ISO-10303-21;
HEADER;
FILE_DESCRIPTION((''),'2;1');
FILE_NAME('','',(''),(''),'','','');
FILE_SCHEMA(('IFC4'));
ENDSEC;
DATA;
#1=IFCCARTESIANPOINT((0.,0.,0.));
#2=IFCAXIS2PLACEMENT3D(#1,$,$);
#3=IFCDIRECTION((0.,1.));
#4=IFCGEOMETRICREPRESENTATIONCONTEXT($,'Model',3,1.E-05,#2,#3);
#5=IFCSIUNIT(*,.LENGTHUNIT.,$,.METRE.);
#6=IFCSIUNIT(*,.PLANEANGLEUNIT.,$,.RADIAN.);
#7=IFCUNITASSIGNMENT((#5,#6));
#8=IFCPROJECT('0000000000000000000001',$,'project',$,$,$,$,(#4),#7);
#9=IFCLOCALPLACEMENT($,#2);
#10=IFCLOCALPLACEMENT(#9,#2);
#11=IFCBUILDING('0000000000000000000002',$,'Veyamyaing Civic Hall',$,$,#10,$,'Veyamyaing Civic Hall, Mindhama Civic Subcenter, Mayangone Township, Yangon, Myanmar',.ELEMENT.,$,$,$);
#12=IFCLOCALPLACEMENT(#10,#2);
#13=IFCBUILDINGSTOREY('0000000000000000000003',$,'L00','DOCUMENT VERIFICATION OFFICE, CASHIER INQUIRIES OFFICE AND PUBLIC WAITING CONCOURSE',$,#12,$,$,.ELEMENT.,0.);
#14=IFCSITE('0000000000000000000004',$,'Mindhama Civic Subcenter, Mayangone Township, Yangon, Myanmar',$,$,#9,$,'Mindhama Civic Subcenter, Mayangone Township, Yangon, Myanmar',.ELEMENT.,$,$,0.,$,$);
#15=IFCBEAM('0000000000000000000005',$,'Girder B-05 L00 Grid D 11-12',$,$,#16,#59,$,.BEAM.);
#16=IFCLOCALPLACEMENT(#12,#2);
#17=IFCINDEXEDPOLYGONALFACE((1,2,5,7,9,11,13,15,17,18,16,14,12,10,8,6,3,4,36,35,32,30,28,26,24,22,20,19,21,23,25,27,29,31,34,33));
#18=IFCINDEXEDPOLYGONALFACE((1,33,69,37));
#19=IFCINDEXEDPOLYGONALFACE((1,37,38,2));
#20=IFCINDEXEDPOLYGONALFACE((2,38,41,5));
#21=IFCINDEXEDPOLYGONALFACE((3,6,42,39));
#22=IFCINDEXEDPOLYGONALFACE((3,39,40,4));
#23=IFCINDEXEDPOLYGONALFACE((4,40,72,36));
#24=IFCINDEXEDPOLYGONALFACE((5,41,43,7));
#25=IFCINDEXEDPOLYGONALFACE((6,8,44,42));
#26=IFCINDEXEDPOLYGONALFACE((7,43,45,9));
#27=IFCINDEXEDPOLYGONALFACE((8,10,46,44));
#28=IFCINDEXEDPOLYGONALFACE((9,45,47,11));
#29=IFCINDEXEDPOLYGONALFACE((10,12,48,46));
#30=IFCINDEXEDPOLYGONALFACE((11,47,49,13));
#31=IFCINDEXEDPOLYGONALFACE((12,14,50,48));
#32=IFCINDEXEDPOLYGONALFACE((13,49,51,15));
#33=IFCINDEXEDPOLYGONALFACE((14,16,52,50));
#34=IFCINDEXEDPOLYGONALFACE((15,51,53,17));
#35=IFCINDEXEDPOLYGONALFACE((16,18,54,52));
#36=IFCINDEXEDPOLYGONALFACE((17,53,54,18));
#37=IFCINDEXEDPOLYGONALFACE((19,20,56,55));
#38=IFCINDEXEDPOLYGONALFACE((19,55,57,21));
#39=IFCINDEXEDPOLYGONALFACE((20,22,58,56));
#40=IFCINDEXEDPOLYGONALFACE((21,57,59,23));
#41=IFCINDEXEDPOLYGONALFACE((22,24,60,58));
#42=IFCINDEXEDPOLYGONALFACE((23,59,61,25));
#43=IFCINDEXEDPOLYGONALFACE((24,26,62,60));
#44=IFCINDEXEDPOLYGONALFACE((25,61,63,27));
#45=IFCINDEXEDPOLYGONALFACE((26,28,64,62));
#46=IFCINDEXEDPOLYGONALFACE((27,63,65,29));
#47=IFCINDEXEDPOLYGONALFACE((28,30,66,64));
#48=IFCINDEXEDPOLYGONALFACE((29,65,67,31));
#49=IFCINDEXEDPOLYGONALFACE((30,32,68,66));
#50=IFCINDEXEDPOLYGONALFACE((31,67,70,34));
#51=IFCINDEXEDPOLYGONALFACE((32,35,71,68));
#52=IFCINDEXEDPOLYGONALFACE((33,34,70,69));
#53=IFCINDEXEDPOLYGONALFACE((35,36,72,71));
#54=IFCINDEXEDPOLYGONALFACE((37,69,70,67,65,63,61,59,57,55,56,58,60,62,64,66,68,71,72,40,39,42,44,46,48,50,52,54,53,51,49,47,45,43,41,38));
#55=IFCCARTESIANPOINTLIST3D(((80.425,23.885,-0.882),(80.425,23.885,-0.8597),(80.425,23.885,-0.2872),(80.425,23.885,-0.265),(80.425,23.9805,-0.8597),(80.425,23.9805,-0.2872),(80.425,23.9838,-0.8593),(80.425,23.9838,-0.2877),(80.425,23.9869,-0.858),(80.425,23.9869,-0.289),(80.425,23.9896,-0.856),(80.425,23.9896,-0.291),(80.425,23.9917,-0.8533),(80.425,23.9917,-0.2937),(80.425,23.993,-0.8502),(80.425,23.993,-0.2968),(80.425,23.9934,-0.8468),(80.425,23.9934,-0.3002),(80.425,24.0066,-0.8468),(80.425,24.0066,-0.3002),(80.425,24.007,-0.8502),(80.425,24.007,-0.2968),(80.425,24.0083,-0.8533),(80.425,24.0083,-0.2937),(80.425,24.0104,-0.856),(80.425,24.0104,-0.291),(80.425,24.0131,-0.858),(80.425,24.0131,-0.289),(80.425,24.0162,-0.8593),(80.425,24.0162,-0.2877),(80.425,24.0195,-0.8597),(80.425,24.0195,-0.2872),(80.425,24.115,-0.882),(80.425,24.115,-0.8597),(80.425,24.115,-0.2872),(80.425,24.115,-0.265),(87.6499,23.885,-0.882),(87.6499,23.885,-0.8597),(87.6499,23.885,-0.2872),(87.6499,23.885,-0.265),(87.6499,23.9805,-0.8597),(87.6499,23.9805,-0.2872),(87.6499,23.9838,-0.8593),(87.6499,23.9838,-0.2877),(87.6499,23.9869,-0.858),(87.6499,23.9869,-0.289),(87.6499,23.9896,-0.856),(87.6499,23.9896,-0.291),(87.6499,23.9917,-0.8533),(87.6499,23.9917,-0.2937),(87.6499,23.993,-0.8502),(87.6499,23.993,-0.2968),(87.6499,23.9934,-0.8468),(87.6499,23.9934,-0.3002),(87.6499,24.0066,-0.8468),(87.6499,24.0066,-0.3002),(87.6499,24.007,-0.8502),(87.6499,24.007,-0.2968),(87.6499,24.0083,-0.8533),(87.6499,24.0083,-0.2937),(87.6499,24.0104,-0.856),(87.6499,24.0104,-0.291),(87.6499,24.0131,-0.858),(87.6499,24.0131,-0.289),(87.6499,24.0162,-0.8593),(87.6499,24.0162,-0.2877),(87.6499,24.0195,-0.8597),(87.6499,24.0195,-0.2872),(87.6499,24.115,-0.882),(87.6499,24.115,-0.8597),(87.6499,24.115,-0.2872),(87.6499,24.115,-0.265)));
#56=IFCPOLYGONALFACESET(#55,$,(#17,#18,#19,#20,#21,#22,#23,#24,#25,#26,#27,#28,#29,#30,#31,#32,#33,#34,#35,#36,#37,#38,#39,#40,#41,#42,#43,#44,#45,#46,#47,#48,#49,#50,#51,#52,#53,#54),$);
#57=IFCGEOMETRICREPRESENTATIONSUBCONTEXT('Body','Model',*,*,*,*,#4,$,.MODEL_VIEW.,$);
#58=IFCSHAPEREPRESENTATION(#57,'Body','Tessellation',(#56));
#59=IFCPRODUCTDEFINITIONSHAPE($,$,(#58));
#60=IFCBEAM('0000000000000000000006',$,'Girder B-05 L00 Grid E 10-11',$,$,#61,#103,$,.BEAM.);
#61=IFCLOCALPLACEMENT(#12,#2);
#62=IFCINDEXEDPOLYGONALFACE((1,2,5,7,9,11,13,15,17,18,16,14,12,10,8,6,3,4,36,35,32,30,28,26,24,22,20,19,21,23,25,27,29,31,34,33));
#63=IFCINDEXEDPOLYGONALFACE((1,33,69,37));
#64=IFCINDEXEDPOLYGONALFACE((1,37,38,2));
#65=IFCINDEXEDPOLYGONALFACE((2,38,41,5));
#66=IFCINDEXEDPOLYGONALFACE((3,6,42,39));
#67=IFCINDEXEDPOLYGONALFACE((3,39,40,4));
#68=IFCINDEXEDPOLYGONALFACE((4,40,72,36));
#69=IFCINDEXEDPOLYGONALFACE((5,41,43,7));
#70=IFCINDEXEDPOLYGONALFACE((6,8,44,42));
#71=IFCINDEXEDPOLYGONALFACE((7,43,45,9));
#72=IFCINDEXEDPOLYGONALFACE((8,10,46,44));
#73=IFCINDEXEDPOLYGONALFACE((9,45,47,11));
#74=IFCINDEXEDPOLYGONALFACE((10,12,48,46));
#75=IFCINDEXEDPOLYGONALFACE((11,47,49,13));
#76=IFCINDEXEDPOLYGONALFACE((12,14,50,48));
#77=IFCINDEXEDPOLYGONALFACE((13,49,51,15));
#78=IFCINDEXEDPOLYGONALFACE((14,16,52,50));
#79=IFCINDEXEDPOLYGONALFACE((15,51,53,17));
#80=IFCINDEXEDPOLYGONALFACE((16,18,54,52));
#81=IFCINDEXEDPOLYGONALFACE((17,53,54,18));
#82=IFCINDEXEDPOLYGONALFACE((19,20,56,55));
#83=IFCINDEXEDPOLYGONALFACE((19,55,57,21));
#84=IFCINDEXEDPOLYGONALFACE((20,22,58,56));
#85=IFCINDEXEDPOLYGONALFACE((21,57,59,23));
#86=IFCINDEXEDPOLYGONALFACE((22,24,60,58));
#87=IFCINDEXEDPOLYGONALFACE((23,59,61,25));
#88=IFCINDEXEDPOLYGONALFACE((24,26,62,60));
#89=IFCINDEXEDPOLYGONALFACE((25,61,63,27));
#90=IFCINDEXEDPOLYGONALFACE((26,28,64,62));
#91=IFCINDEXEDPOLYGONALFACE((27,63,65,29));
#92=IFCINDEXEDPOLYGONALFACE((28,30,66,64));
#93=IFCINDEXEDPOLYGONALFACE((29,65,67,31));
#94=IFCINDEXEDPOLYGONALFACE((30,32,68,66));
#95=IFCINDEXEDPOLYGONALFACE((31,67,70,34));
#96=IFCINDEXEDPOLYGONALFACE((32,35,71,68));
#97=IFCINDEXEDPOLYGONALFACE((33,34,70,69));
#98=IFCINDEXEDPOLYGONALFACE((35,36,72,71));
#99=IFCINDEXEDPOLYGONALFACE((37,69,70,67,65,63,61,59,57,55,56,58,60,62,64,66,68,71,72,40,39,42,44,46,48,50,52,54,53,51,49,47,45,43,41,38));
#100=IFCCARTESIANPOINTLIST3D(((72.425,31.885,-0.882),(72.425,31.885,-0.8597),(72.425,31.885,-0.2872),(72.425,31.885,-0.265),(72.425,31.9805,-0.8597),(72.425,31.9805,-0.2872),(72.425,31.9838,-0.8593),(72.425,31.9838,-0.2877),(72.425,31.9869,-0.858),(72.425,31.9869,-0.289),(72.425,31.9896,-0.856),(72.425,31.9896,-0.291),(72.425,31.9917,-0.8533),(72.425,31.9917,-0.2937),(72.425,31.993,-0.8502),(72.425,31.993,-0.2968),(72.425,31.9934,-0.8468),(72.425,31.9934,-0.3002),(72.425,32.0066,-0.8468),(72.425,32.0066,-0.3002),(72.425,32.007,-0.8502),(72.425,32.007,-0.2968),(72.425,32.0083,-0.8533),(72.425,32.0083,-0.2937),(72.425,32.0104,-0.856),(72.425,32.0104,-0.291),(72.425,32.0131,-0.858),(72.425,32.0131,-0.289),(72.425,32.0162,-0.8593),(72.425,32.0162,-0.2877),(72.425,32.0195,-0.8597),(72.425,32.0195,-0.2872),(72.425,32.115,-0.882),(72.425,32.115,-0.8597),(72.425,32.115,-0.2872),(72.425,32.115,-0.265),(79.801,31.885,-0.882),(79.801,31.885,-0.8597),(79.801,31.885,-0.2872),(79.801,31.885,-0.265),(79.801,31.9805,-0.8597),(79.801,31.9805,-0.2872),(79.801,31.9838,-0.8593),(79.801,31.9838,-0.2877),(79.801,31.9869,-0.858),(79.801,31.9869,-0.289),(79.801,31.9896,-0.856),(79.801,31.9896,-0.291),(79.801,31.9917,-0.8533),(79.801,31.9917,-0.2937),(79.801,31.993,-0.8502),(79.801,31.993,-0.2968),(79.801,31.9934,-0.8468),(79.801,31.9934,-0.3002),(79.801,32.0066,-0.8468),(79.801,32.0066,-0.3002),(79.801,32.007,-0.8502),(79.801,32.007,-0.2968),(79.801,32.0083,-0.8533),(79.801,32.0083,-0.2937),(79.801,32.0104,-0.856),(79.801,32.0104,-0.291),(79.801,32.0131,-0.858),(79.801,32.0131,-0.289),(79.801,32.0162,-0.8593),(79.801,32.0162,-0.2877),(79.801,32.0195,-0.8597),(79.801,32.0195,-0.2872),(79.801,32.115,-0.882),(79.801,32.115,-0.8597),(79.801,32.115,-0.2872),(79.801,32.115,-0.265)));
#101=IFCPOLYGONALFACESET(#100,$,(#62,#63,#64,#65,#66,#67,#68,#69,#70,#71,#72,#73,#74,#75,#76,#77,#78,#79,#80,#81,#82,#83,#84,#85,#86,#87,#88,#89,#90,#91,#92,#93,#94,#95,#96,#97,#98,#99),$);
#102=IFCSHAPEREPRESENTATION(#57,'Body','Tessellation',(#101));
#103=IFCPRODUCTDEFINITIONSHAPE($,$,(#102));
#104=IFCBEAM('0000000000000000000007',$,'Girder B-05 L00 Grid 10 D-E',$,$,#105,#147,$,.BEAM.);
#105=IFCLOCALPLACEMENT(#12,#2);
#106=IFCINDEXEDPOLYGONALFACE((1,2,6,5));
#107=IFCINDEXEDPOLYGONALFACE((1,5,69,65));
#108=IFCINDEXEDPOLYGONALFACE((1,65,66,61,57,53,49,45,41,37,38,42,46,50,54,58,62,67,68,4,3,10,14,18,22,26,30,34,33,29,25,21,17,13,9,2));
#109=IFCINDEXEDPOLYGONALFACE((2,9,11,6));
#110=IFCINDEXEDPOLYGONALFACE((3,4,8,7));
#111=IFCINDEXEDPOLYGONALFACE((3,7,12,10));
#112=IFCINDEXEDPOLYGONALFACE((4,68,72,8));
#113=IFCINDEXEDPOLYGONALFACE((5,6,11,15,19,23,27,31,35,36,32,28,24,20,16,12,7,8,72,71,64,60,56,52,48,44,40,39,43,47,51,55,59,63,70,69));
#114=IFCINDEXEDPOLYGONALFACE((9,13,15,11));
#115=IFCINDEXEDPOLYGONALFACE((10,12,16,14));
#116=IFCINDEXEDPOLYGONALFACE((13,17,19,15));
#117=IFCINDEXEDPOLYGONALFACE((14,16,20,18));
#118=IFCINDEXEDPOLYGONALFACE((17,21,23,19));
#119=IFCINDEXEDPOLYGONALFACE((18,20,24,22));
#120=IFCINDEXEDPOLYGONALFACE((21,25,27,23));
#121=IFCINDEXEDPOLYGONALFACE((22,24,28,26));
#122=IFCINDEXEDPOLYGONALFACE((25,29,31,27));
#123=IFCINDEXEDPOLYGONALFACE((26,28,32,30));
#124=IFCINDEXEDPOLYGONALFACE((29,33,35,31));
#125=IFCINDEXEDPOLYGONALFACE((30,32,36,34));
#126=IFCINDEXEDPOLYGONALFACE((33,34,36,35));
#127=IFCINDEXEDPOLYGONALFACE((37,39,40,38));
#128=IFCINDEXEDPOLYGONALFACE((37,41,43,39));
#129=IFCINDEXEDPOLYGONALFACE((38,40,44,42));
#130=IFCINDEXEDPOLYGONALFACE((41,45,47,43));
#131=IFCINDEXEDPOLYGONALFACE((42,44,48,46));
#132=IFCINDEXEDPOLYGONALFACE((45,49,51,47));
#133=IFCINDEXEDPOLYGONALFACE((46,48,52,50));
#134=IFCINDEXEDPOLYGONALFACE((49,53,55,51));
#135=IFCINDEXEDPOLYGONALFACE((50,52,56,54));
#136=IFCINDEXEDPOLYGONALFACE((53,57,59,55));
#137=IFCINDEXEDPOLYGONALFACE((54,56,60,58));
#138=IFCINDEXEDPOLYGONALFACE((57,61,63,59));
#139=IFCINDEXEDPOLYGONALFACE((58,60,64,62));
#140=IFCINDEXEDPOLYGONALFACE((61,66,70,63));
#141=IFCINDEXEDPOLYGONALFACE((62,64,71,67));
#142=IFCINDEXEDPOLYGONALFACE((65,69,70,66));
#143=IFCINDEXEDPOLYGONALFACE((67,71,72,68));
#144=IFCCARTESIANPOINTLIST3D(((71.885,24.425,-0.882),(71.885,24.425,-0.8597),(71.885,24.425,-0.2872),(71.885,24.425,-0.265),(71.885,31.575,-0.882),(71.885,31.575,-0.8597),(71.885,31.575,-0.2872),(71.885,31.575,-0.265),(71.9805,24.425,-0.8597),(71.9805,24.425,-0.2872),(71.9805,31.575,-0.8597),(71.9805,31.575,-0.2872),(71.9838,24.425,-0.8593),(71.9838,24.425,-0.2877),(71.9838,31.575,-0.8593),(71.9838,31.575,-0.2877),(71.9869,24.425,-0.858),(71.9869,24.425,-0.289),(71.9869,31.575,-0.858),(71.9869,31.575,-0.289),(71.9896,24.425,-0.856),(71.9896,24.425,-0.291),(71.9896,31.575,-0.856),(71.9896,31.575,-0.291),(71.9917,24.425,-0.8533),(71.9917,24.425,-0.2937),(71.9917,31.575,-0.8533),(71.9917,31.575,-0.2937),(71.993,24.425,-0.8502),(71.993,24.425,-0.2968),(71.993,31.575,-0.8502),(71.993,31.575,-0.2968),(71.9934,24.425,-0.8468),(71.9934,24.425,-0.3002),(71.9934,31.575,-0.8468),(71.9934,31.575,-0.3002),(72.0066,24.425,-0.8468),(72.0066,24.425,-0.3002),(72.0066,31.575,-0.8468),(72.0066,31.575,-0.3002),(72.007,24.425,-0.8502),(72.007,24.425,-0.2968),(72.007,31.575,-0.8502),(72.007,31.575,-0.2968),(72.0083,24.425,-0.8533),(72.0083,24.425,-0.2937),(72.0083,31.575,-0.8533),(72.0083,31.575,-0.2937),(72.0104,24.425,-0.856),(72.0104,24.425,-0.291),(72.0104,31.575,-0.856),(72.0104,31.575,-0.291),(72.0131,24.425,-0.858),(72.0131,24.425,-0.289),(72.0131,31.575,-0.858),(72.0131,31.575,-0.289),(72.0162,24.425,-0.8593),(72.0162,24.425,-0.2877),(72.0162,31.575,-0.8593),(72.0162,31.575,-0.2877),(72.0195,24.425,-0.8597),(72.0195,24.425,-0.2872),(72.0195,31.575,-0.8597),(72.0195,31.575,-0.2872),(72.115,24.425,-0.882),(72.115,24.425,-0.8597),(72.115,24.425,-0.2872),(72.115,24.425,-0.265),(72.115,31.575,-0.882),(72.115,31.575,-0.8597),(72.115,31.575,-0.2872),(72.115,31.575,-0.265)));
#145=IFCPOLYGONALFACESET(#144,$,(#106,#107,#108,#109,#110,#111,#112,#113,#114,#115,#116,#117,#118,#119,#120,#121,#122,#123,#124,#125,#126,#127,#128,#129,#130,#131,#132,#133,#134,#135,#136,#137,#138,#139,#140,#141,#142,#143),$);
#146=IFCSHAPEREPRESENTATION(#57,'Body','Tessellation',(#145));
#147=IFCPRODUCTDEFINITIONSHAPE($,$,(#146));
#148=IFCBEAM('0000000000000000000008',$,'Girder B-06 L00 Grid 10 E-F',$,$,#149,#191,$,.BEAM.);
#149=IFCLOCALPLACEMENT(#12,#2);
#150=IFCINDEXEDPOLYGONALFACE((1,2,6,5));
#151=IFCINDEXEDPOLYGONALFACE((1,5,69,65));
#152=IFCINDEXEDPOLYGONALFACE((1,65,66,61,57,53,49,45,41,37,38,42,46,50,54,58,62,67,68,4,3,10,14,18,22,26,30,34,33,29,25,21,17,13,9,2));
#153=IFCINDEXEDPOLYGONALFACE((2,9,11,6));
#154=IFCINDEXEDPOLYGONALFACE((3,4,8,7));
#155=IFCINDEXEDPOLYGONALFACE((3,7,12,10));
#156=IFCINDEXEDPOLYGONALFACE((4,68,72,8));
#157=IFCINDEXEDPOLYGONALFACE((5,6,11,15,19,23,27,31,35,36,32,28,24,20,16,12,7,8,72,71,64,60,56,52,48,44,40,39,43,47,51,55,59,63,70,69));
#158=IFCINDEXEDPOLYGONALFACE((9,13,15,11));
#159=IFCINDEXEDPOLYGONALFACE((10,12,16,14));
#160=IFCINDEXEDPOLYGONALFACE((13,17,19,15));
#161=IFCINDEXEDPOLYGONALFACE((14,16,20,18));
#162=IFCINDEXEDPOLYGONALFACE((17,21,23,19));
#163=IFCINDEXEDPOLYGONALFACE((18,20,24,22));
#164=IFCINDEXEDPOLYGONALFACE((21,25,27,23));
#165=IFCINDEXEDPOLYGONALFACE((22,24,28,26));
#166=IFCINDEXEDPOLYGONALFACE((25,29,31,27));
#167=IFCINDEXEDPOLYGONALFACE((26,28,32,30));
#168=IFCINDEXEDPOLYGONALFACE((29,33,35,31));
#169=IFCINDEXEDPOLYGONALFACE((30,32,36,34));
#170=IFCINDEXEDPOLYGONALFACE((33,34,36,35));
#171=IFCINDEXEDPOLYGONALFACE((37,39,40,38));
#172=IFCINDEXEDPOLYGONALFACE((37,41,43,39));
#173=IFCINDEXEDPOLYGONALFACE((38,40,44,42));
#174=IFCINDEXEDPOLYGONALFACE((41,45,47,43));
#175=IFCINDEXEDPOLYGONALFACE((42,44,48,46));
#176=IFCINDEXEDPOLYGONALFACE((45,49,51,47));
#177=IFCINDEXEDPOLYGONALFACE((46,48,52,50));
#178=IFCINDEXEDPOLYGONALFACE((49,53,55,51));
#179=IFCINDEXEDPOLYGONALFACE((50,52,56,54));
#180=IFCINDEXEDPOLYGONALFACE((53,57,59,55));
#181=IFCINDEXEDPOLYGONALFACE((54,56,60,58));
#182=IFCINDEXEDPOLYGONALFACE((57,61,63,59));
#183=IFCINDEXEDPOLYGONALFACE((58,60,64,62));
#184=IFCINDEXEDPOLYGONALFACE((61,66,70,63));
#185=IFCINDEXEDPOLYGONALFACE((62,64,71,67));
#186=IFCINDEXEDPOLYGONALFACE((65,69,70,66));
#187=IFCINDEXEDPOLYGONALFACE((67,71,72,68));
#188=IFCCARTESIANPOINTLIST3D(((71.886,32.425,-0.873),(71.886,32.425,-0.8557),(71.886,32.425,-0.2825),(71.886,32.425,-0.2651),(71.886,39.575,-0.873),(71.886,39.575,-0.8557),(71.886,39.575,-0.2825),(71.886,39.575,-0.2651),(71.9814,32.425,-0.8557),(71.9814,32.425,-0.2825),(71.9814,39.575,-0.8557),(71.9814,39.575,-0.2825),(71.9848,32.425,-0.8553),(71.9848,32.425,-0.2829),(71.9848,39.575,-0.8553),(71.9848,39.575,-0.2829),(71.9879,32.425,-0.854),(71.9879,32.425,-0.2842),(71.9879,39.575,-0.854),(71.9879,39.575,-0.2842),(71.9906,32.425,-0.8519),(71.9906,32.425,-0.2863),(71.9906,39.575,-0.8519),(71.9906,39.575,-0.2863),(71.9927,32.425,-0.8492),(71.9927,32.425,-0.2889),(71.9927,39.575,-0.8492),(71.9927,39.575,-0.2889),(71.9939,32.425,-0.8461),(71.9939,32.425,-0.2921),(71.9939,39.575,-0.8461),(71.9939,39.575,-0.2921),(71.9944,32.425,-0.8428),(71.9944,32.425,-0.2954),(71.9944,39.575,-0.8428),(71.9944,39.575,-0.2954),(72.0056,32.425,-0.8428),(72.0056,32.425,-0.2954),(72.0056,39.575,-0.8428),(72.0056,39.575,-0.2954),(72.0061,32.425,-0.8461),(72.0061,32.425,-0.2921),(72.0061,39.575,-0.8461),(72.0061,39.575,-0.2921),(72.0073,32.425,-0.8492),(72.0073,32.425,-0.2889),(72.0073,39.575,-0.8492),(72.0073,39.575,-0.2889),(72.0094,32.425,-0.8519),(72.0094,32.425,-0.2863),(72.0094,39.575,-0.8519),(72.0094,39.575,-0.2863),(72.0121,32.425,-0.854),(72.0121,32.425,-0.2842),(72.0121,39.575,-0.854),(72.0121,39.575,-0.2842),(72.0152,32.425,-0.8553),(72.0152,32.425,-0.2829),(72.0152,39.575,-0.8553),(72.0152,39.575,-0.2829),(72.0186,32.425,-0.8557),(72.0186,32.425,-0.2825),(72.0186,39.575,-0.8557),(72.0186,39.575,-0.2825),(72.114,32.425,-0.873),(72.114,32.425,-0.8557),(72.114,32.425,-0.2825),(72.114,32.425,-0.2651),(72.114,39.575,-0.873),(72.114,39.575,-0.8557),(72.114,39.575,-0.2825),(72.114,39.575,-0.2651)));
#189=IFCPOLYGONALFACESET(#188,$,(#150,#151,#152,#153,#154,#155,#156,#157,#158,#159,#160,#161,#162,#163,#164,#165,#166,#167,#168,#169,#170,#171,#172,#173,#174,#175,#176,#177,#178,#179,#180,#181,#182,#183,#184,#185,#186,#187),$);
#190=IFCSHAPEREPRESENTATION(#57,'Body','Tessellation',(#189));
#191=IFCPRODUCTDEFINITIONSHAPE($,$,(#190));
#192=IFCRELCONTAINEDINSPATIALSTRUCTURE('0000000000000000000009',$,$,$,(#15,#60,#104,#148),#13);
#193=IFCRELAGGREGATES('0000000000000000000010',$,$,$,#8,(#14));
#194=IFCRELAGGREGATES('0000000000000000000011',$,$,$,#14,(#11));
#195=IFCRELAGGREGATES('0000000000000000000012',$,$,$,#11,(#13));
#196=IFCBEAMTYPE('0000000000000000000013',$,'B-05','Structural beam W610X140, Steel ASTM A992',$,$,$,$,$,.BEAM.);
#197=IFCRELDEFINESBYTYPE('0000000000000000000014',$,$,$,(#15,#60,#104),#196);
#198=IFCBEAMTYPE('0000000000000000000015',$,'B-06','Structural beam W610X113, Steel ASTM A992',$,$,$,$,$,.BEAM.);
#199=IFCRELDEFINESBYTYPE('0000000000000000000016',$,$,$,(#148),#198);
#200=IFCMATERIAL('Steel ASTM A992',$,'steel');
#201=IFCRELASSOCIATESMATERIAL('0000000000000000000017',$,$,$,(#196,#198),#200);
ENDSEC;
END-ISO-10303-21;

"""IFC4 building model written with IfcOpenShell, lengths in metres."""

from ifc_helpers import new_model, si_unit, direction, frame, origin, origin_2d, place, context, subcontext, project, spatial, i_section, extrude, material, material_profile, profile_set, type_object, element, save


model = new_model("IFC4")

# Units and contexts
model_context = context("Model", 3, precision=1e-05, world=origin(), true_north=direction((0.0, 1.0)))
body_context = subcontext(model_context, "Body", "Model", "MODEL_VIEW")
ifc_project = project(units=[si_unit("LENGTHUNIT", "METRE"), si_unit("PLANEANGLEUNIT", "RADIAN")], contexts=[model_context])

# Site, building, storey
site_placement = place(None, origin())
site = spatial("IfcSite", under=ifc_project, at=site_placement, Name="Mindhama Civic Subcenter, Mayangone Township, Yangon, Myanmar", LongName="Mindhama Civic Subcenter, Mayangone Township, Yangon, Myanmar", CompositionType="ELEMENT", RefElevation=0.0)
building_placement = place(site_placement, origin())
building = spatial("IfcBuilding", under=site, at=building_placement, Name="Veyamyaing Civic Hall", LongName="Veyamyaing Civic Hall, Mindhama Civic Subcenter, Mayangone Township, Yangon, Myanmar", CompositionType="ELEMENT")
storey_placement = place(building_placement, origin())
storey = spatial("IfcBuildingStorey", under=building, at=storey_placement, Name="L00", Description="DOCUMENT VERIFICATION OFFICE, CASHIER INQUIRIES OFFICE AND PUBLIC WAITING CONCOURSE", CompositionType="ELEMENT", Elevation=0.0)

# Beams
ifc_material_1 = material(Name="Steel ASTM A992", Category="steel")
ifc_material_profile_1 = material_profile(ifc_material_1, i_section(OverallWidth=0.23, OverallDepth=0.6169, WebThickness=0.0132, FlangeThickness=0.0222, FilletRadius=0.0129, at=origin_2d()), Name="W610X140")
ifc_profile_set_1 = profile_set([ifc_material_profile_1], Name="Steel ASTM A992")
beam_type_1 = type_object("IfcBeamType", Name="B-05", Description="Structural beam W610X140, Steel ASTM A992", PredefinedType="BEAM", material=ifc_profile_set_1)
beam_1_placement = place(storey_placement, frame((80.425, 24.0, -0.5735), z_axis=(1.0, 0.0, 0.0), x_axis=(0.0, 1.0, 0.0)))
element("IfcBeam", 1, at=beam_1_placement, inside=storey, type_object=beam_type_1, Name="Girder B-05 L00 Grid D 11-12", PredefinedType="BEAM", context=body_context, shape_type="SweptSolid", body=[
    extrude(i_section(OverallWidth=0.23, OverallDepth=0.6169, WebThickness=0.0132, FlangeThickness=0.0222, FilletRadius=0.0129, at=origin_2d()), origin(), (0.0, 0.0, 1.0), 7.2249),
])
beam_2_placement = place(storey_placement, frame((72.425, 32.0, -0.5735), z_axis=(1.0, 0.0, 0.0), x_axis=(0.0, 1.0, 0.0)))
element("IfcBeam", 2, at=beam_2_placement, inside=storey, type_object=beam_type_1, Name="Girder B-05 L00 Grid E 10-11", PredefinedType="BEAM", context=body_context, shape_type="SweptSolid", body=[
    extrude(i_section(OverallWidth=0.23, OverallDepth=0.6169, WebThickness=0.0132, FlangeThickness=0.0222, FilletRadius=0.0129, at=origin_2d()), origin(), (0.0, 0.0, 1.0), 7.376),
])
beam_3_placement = place(storey_placement, frame((72.0, 24.425, -0.5735), z_axis=(0.0, 1.0, 0.0), x_axis=(-1.0, 0.0, 0.0)))
element("IfcBeam", 3, at=beam_3_placement, inside=storey, type_object=beam_type_1, Name="Girder B-05 L00 Grid 10 D-E", PredefinedType="BEAM", context=body_context, shape_type="SweptSolid", body=[
    extrude(i_section(OverallWidth=0.23, OverallDepth=0.6169, WebThickness=0.0132, FlangeThickness=0.0222, FilletRadius=0.0129, at=origin_2d()), origin(), (0.0, 0.0, 1.0), 7.1499),
])
ifc_material_profile_2 = material_profile(ifc_material_1, i_section(OverallWidth=0.228, OverallDepth=0.6079, WebThickness=0.0112, FlangeThickness=0.0173, FilletRadius=0.0129, at=origin_2d()), Name="W610X113")
ifc_profile_set_2 = profile_set([ifc_material_profile_2], Name="Steel ASTM A992")
beam_type_2 = type_object("IfcBeamType", Name="B-06", Description="Structural beam W610X113, Steel ASTM A992", PredefinedType="BEAM", material=ifc_profile_set_2)
beam_4_placement = place(storey_placement, frame((72.0, 32.425, -0.5691), z_axis=(0.0, 1.0, 0.0), x_axis=(-1.0, 0.0, 0.0)))
element("IfcBeam", 4, at=beam_4_placement, inside=storey, type_object=beam_type_2, Name="Girder B-06 L00 Grid 10 E-F", PredefinedType="BEAM", context=body_context, shape_type="SweptSolid", body=[
    extrude(i_section(OverallWidth=0.228, OverallDepth=0.6079, WebThickness=0.0112, FlangeThickness=0.0173, FilletRadius=0.0129, at=origin_2d()), origin(), (0.0, 0.0, 1.0), 7.1499),
])

save(model, "model.ifc")
